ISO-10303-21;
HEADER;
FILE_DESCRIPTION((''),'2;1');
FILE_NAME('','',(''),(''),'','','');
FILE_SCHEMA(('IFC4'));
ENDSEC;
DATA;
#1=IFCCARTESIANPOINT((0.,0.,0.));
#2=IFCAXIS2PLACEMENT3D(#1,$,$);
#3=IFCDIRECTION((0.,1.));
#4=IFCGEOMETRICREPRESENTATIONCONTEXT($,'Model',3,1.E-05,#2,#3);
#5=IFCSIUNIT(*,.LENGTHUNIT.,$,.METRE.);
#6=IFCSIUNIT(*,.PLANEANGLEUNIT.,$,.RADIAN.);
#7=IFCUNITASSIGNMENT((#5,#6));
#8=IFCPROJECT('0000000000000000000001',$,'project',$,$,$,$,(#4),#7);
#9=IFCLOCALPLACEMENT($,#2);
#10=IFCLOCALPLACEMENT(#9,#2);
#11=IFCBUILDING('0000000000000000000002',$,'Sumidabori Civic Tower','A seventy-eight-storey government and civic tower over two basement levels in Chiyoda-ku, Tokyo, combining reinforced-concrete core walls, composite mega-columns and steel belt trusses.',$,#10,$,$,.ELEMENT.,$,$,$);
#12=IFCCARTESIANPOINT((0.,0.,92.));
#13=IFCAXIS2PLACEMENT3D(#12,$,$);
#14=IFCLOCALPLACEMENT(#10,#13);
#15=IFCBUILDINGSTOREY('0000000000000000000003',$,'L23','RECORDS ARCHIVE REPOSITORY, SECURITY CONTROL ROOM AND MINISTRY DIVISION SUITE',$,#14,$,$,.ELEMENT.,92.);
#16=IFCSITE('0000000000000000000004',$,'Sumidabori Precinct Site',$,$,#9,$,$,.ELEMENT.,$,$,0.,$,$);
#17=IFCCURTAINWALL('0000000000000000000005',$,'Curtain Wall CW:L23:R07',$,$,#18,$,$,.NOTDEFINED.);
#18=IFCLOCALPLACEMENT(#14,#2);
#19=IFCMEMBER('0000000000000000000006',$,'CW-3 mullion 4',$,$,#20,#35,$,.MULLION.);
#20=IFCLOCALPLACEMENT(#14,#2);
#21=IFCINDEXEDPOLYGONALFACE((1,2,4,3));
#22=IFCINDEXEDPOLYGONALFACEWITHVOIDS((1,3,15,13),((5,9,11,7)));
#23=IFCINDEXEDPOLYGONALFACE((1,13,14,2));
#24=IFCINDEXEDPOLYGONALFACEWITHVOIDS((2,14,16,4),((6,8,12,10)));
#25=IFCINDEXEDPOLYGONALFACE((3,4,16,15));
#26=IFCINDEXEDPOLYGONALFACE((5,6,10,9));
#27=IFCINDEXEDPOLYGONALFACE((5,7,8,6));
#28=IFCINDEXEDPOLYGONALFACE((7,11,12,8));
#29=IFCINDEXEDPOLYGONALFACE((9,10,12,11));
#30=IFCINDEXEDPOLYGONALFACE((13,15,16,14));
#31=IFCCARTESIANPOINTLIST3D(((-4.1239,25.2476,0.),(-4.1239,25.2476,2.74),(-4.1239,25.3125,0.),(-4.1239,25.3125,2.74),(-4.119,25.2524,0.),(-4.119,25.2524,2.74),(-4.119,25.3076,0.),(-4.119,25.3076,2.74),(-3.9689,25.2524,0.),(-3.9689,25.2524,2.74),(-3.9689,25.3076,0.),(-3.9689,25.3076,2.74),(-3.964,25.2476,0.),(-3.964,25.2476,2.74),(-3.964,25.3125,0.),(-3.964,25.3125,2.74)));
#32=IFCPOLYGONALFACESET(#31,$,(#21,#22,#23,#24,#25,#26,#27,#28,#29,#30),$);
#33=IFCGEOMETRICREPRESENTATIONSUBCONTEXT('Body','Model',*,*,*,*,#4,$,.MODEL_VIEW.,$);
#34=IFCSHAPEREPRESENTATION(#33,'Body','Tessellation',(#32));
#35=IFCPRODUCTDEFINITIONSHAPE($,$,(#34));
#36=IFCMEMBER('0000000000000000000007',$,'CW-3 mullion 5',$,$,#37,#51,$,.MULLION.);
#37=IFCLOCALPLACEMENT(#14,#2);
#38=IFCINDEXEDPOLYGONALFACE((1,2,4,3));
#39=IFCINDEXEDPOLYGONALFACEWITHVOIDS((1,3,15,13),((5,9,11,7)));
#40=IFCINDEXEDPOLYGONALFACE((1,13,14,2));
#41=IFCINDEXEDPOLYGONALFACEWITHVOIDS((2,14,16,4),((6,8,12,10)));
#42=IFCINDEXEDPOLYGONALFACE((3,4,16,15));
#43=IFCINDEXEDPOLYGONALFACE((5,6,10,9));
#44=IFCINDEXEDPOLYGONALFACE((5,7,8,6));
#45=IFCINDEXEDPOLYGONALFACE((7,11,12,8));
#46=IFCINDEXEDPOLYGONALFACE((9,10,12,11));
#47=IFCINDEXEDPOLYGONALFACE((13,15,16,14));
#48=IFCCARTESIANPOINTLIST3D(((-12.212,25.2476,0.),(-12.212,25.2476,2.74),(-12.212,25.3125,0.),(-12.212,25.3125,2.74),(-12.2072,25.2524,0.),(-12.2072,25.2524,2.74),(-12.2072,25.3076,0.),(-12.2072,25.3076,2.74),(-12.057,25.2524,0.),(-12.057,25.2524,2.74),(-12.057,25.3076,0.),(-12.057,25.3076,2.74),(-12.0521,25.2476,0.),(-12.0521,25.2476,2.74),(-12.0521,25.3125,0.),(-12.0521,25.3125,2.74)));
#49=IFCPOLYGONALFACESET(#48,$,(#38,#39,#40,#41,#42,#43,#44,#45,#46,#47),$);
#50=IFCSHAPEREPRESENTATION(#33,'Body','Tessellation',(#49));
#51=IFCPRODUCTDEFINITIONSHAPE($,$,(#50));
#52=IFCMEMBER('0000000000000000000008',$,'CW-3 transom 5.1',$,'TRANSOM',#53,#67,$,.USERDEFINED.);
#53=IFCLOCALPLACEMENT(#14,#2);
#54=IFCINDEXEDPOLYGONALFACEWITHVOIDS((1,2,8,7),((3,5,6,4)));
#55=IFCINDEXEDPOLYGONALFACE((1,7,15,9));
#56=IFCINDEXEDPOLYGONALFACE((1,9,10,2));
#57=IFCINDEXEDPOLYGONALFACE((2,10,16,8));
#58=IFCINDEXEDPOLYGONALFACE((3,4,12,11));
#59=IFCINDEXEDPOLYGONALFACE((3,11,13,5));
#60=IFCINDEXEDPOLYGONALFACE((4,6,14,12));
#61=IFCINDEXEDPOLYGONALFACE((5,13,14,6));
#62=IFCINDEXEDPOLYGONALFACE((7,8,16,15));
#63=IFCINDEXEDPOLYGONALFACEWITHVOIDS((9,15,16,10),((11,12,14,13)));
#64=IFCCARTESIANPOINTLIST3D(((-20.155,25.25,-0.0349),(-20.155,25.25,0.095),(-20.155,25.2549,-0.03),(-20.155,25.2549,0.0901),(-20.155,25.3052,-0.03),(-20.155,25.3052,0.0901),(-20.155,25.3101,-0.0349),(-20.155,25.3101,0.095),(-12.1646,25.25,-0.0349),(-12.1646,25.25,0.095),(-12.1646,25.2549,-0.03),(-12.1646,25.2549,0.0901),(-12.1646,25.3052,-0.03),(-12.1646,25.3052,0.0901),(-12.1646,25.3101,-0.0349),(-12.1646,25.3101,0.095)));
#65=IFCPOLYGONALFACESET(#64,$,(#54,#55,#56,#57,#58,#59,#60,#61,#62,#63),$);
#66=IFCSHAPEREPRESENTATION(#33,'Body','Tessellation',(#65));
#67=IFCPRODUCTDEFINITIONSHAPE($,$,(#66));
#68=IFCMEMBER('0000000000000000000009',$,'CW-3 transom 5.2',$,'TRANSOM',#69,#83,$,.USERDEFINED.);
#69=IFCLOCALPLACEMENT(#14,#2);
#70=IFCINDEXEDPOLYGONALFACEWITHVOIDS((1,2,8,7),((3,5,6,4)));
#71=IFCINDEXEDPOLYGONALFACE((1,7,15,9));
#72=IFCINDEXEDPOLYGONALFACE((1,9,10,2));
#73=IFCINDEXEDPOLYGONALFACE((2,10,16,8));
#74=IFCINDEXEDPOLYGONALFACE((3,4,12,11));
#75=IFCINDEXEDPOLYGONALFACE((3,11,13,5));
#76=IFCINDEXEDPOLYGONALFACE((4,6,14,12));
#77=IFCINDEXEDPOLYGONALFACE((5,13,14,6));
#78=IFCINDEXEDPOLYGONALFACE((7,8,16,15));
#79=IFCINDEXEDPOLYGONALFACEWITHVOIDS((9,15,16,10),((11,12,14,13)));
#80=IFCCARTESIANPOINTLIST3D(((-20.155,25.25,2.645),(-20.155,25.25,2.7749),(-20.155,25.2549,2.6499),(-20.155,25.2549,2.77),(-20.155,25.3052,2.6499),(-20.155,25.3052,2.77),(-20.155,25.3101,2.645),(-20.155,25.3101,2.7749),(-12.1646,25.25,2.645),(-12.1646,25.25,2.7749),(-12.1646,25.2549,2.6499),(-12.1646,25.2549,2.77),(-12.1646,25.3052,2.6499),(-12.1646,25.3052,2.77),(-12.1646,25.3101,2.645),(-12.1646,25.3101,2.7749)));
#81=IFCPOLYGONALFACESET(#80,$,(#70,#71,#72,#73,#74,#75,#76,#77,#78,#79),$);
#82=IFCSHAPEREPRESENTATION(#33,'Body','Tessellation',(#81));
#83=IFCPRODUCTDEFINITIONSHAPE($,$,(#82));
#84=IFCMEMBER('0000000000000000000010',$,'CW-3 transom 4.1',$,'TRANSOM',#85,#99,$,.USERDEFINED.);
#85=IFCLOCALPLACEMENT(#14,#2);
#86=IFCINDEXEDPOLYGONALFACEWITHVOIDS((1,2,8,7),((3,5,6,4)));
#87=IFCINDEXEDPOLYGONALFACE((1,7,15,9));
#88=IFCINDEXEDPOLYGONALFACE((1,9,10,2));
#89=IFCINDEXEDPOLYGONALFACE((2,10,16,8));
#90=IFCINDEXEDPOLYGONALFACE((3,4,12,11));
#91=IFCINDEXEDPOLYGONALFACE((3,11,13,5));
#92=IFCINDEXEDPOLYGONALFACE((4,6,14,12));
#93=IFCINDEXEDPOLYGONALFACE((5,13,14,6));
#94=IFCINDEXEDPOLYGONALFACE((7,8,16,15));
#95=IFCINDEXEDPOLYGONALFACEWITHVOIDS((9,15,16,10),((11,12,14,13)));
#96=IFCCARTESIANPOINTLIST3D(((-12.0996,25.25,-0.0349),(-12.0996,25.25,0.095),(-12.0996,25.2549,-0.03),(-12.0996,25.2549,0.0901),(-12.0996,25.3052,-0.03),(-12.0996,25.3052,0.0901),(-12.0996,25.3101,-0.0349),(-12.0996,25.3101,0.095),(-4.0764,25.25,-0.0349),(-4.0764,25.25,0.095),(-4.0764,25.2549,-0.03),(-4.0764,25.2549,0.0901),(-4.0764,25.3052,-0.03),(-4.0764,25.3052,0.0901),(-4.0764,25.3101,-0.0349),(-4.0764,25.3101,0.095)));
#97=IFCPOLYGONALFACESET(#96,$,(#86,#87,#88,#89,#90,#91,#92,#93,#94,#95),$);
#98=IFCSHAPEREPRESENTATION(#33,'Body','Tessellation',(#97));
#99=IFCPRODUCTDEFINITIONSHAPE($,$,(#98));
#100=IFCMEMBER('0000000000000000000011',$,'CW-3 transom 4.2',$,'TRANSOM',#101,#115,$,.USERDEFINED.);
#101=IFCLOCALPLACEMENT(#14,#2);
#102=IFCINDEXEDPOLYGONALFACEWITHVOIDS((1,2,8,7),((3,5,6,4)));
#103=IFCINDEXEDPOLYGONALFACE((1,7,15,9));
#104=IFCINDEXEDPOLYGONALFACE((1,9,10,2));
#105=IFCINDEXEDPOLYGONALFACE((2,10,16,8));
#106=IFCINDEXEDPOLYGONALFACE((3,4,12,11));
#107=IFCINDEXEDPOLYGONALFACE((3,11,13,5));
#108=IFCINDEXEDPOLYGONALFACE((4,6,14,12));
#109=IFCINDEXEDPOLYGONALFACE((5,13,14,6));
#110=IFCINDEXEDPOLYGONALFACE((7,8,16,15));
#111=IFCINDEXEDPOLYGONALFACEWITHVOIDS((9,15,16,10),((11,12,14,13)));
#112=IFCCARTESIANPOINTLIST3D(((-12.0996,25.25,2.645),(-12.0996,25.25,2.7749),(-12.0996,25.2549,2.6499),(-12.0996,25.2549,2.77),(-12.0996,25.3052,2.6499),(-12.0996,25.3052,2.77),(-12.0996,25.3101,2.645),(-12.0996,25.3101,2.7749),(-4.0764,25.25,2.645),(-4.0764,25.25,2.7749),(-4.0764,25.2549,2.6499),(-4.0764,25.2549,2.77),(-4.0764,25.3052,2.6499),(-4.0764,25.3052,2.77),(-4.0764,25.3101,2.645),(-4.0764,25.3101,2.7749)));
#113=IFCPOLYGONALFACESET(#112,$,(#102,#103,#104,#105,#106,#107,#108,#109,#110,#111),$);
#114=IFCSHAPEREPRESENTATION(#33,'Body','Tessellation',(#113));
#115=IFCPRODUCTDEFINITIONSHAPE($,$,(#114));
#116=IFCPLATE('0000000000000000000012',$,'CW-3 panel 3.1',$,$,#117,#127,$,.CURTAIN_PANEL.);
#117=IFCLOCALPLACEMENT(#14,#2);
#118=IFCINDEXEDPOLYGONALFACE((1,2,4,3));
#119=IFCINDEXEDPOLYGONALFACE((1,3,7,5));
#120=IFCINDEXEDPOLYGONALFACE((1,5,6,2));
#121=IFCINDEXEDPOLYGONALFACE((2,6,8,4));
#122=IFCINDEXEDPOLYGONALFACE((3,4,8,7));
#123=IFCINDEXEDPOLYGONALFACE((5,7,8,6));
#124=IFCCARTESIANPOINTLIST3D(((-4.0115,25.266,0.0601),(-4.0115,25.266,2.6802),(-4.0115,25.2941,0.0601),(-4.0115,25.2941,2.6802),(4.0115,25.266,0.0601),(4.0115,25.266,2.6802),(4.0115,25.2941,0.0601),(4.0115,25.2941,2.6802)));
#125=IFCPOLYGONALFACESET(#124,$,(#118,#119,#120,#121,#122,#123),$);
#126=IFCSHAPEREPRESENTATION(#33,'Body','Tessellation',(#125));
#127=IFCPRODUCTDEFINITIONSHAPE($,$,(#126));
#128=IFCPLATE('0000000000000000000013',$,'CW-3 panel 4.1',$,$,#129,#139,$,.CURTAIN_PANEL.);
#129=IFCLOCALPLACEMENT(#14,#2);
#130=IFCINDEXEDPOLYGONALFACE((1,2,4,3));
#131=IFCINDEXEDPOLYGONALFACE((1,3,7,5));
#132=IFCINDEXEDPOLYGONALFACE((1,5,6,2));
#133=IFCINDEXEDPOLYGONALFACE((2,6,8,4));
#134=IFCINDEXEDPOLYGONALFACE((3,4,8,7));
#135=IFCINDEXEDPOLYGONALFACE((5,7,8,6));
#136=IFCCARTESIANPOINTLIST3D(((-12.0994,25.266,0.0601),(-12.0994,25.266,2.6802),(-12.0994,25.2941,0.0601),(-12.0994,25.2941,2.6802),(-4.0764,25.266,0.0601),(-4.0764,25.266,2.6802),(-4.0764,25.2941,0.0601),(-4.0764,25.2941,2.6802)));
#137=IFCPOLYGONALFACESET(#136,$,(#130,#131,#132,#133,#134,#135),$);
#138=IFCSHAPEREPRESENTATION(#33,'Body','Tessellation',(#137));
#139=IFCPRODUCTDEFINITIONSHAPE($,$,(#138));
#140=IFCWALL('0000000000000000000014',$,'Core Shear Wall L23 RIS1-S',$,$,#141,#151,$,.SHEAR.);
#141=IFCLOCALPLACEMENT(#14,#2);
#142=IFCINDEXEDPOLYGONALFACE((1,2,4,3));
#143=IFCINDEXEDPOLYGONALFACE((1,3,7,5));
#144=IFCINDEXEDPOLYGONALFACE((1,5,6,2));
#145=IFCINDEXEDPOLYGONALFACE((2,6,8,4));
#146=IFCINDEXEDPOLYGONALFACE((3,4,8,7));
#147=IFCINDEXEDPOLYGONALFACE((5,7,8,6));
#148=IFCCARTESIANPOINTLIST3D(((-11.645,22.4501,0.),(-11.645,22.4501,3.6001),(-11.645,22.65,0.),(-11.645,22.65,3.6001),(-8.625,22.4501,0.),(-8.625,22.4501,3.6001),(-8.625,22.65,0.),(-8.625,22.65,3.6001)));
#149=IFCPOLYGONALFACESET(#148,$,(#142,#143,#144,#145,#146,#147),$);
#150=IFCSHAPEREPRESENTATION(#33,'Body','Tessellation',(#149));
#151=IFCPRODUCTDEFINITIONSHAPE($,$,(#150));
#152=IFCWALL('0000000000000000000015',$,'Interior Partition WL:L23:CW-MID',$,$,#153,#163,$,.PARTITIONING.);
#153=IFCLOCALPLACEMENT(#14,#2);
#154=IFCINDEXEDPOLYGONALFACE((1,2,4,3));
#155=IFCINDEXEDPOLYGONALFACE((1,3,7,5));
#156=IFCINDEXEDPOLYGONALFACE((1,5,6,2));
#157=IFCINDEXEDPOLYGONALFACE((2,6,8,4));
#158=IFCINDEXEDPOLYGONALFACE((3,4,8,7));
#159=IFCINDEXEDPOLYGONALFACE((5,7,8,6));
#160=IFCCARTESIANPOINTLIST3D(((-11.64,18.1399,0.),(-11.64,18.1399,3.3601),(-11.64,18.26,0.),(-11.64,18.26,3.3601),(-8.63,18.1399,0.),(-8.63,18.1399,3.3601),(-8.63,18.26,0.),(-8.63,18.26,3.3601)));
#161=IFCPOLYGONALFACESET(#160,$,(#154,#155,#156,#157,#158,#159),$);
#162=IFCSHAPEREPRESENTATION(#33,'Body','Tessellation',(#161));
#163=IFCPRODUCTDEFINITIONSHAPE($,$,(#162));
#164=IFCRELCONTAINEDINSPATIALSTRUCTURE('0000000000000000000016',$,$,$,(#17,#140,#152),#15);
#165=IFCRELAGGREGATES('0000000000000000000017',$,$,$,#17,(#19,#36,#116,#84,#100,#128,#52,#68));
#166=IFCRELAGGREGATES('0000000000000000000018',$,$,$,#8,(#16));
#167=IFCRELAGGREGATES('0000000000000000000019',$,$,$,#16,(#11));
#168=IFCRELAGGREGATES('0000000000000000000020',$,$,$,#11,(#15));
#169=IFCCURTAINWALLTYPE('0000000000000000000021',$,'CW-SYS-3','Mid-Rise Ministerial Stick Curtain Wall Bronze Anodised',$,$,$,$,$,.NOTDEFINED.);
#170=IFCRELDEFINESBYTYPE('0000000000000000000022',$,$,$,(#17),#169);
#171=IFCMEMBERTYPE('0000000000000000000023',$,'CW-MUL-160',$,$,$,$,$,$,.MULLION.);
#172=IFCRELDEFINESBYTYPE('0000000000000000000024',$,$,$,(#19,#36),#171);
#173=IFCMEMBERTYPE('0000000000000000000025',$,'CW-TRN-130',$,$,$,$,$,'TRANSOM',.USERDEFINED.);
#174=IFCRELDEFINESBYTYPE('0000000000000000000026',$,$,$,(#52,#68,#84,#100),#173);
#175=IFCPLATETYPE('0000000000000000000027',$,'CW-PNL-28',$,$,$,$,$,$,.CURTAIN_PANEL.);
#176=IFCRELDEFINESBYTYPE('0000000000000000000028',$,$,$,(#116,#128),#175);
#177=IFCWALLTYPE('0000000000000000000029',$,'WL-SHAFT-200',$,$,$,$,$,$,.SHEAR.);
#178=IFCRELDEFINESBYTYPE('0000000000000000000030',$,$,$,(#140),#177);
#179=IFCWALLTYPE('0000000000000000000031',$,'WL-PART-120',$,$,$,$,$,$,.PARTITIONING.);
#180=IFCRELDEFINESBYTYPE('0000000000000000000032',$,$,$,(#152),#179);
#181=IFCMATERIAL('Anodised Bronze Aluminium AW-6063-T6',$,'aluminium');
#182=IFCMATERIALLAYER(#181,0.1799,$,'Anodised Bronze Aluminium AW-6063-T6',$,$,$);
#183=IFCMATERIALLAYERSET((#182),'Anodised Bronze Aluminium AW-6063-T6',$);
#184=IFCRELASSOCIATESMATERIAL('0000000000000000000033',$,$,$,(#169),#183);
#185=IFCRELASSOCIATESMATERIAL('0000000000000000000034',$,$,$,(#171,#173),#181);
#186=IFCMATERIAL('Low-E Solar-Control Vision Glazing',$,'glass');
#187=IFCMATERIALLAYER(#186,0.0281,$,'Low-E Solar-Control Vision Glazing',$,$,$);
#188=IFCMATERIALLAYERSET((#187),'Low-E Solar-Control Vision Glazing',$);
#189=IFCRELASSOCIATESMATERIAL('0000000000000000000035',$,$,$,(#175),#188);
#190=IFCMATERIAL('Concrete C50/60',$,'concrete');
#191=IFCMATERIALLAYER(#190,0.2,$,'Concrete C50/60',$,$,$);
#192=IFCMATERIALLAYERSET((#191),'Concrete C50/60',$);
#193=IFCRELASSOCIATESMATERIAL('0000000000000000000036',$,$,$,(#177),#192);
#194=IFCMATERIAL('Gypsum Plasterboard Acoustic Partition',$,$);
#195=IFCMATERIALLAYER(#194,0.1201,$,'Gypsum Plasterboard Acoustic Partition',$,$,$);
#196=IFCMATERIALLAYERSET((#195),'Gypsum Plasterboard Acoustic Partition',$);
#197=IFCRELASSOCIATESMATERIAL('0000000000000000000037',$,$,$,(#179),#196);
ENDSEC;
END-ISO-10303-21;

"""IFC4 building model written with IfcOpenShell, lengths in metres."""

from ifc_helpers import new_model, si_unit, direction, frame, frame_2d, origin, origin_2d, place, context, subcontext, project, spatial, rectangle, hollow_rectangle, extrude, source, transform, mapped, material, layer, layer_set, material_profile, profile_set, type_object, element, aggregate, save


model = new_model("IFC4")

# Units and contexts
model_context = context("Model", 3, precision=1e-05, world=origin(), true_north=direction((0.0, 1.0)))
body_context = subcontext(model_context, "Body", "Model", "MODEL_VIEW")
ifc_project = project(units=[si_unit("LENGTHUNIT", "METRE"), si_unit("PLANEANGLEUNIT", "RADIAN")], contexts=[model_context])

# Site, building, storey
site_placement = place(None, origin())
site = spatial("IfcSite", under=ifc_project, at=site_placement, Name="Sumidabori Precinct Site", CompositionType="ELEMENT", RefElevation=0.0)
building_placement = place(site_placement, origin())
building = spatial("IfcBuilding", under=site, at=building_placement, Name="Sumidabori Civic Tower", Description="A seventy-eight-storey government and civic tower over two basement levels in Chiyoda-ku, Tokyo, combining reinforced-concrete core walls, composite mega-columns and steel belt trusses.", CompositionType="ELEMENT")
storey_placement = place(building_placement, frame((0.0, 0.0, 92.0)))
storey = spatial("IfcBuildingStorey", under=building, at=storey_placement, Name="L23", Description="RECORDS ARCHIVE REPOSITORY, SECURITY CONTROL ROOM AND MINISTRY DIVISION SUITE", CompositionType="ELEMENT", Elevation=92.0)

# Curtain wall, members, plates
ifc_material_1 = material(Name="Anodised Bronze Aluminium AW-6063-T6", Category="aluminium")
ifc_layer_1 = layer(ifc_material_1, 0.1799, Name="Anodised Bronze Aluminium AW-6063-T6")
ifc_layer_set_1 = layer_set([ifc_layer_1], Name="Anodised Bronze Aluminium AW-6063-T6")
curtain_wall_type = type_object("IfcCurtainWallType", Name="CW-SYS-3", Description="Mid-Rise Ministerial Stick Curtain Wall Bronze Anodised", PredefinedType="NOTDEFINED", material=ifc_layer_set_1)
curtain_wall_placement = place(storey_placement, origin())
curtain_wall = element("IfcCurtainWall", 1, at=curtain_wall_placement, inside=storey, type_object=curtain_wall_type, Name="Curtain Wall CW:L23:R07", PredefinedType="NOTDEFINED")
ifc_material_profile_1 = material_profile(ifc_material_1, hollow_rectangle(XDim=0.0649, YDim=0.1599, WallThickness=0.0049, at=origin_2d()), Name="ALU MULLION 160x65")
ifc_profile_set_1 = profile_set([ifc_material_profile_1], Name="Anodised Bronze Aluminium AW-6063-T6")
member_type_1 = type_object("IfcMemberType", Name="CW-MUL-160", PredefinedType="MULLION", material=ifc_profile_set_1)
shared_shape_1 = source(origin(), body_context, "Body", "SweptSolid", [
    extrude(hollow_rectangle(XDim=0.0649, YDim=0.1599, WallThickness=0.0049, at=origin_2d()), origin(), (0.0, 0.0, 1.0), 2.74),
])
member_1_placement = place(storey_placement, frame((-4.0439, 25.28, 0.0), z_axis=(0.0, 0.0, 1.0), x_axis=(0.0, -1.0, 0.0)))
member_1 = element("IfcMember", 2, at=member_1_placement, type_object=member_type_1, Name="CW-3 mullion 4", PredefinedType="MULLION", context=body_context, shape_type="MappedRepresentation", body=[
    mapped(shared_shape_1, transform((0.0, 0.0, 0.0), x_axis=(1.0, 0.0, 0.0), y_axis=(0.0, 1.0, 0.0), z_axis=(0.0, 0.0, 1.0), scale=1.0)),
])
member_2_placement = place(storey_placement, frame((-12.1321, 25.28, 0.0), z_axis=(0.0, 0.0, 1.0), x_axis=(0.0, -1.0, 0.0)))
member_2 = element("IfcMember", 3, at=member_2_placement, type_object=member_type_1, Name="CW-3 mullion 5", PredefinedType="MULLION", context=body_context, shape_type="MappedRepresentation", body=[
    mapped(shared_shape_1, transform((0.0, 0.0, 0.0), x_axis=(1.0, 0.0, 0.0), y_axis=(0.0, 1.0, 0.0), z_axis=(0.0, 0.0, 1.0), scale=1.0)),
])
ifc_material_profile_2 = material_profile(ifc_material_1, hollow_rectangle(XDim=0.0601, YDim=0.1299, WallThickness=0.0049, at=origin_2d()), Name="ALU TRANSOM 130x60")
ifc_profile_set_2 = profile_set([ifc_material_profile_2], Name="Anodised Bronze Aluminium AW-6063-T6")
member_type_2 = type_object("IfcMemberType", Name="CW-TRN-130", ElementType="TRANSOM", PredefinedType="USERDEFINED", material=ifc_profile_set_2)
shared_shape_2 = source(origin(), body_context, "Body", "SweptSolid", [
    extrude(hollow_rectangle(XDim=0.0601, YDim=0.1299, WallThickness=0.0049, at=origin_2d()), origin(), (0.0, 0.0, 1.0), 7.9905),
])
member_3_placement = place(storey_placement, frame((-12.1646, 25.28, 0.03), z_axis=(-1.0, 0.0, 0.0), x_axis=(0.0, -1.0, 0.0)))
member_3 = element("IfcMember", 4, at=member_3_placement, type_object=member_type_2, Name="CW-3 transom 5.1", ObjectType="TRANSOM", PredefinedType="USERDEFINED", context=body_context, shape_type="MappedRepresentation", body=[
    mapped(shared_shape_2, transform((0.0, 0.0, 0.0), x_axis=(1.0, 0.0, 0.0), y_axis=(0.0, 1.0, 0.0), z_axis=(0.0, 0.0, 1.0), scale=1.0)),
])
member_4_placement = place(storey_placement, frame((-12.1646, 25.28, 2.71), z_axis=(-1.0, 0.0, 0.0), x_axis=(0.0, -1.0, 0.0)))
member_4 = element("IfcMember", 5, at=member_4_placement, type_object=member_type_2, Name="CW-3 transom 5.2", ObjectType="TRANSOM", PredefinedType="USERDEFINED", context=body_context, shape_type="MappedRepresentation", body=[
    mapped(shared_shape_2, transform((0.0, 0.0, 0.0), x_axis=(1.0, 0.0, 0.0), y_axis=(0.0, 1.0, 0.0), z_axis=(0.0, 0.0, 1.0), scale=1.0)),
])
shared_shape_3 = source(origin(), body_context, "Body", "SweptSolid", [
    extrude(hollow_rectangle(XDim=0.0601, YDim=0.1299, WallThickness=0.0049, at=origin_2d()), origin(), (0.0, 0.0, 1.0), 8.0232),
])
member_5_placement = place(storey_placement, frame((-4.0764, 25.28, 0.03), z_axis=(-1.0, 0.0, 0.0), x_axis=(0.0, -1.0, 0.0)))
member_5 = element("IfcMember", 6, at=member_5_placement, type_object=member_type_2, Name="CW-3 transom 4.1", ObjectType="TRANSOM", PredefinedType="USERDEFINED", context=body_context, shape_type="MappedRepresentation", body=[
    mapped(shared_shape_3, transform((0.0, 0.0, 0.0), x_axis=(1.0, 0.0, 0.0), y_axis=(0.0, 1.0, 0.0), z_axis=(0.0, 0.0, 1.0), scale=1.0)),
])
member_6_placement = place(storey_placement, frame((-4.0764, 25.28, 2.71), z_axis=(-1.0, 0.0, 0.0), x_axis=(0.0, -1.0, 0.0)))
member_6 = element("IfcMember", 7, at=member_6_placement, type_object=member_type_2, Name="CW-3 transom 4.2", ObjectType="TRANSOM", PredefinedType="USERDEFINED", context=body_context, shape_type="MappedRepresentation", body=[
    mapped(shared_shape_3, transform((0.0, 0.0, 0.0), x_axis=(1.0, 0.0, 0.0), y_axis=(0.0, 1.0, 0.0), z_axis=(0.0, 0.0, 1.0), scale=1.0)),
])
ifc_material_2 = material(Name="Low-E Solar-Control Vision Glazing", Category="glass")
ifc_layer_2 = layer(ifc_material_2, 0.0281, Name="Low-E Solar-Control Vision Glazing")
ifc_layer_set_2 = layer_set([ifc_layer_2], Name="Low-E Solar-Control Vision Glazing")
plate_type = type_object("IfcPlateType", Name="CW-PNL-28", PredefinedType="CURTAIN_PANEL", material=ifc_layer_set_2)
shared_shape_4 = source(origin(), body_context, "Body", "SweptSolid", [
    extrude(rectangle(XDim=8.0229, YDim=0.0281, at=origin_2d()), origin(), (0.0, 0.0, 1.0), 2.6201),
])
plate_1_placement = place(storey_placement, frame((0.0, 25.28, 0.0601), z_axis=(0.0, 0.0, 1.0), x_axis=(-1.0, 0.0, 0.0)))
plate_1 = element("IfcPlate", 8, at=plate_1_placement, type_object=plate_type, Name="CW-3 panel 3.1", PredefinedType="CURTAIN_PANEL", context=body_context, shape_type="MappedRepresentation", body=[
    mapped(shared_shape_4, transform((0.0, 0.0, 0.0), x_axis=(1.0, 0.0, 0.0), y_axis=(0.0, 1.0, 0.0), z_axis=(0.0, 0.0, 1.0), scale=1.0)),
])
plate_2_placement = place(storey_placement, frame((-8.0879, 25.28, 0.0601), z_axis=(0.0, 0.0, 1.0), x_axis=(-1.0, 0.0, 0.0)))
plate_2 = element("IfcPlate", 9, at=plate_2_placement, type_object=plate_type, Name="CW-3 panel 4.1", PredefinedType="CURTAIN_PANEL", context=body_context, shape_type="MappedRepresentation", body=[
    mapped(shared_shape_4, transform((0.0, 0.0, 0.0), x_axis=(1.0, 0.0, 0.0), y_axis=(0.0, 1.0, 0.0), z_axis=(0.0, 0.0, 1.0), scale=1.0)),
])
aggregate(curtain_wall, [member_1, member_2, plate_1, member_5, member_6, plate_2, member_3, member_4])

# Wall
ifc_material_3 = material(Name="Concrete C50/60", Category="concrete")
ifc_layer_3 = layer(ifc_material_3, 0.2, Name="Concrete C50/60")
ifc_layer_set_3 = layer_set([ifc_layer_3], Name="Concrete C50/60")
wall_type_1 = type_object("IfcWallType", Name="WL-SHAFT-200", PredefinedType="SHEAR", material=ifc_layer_set_3)
shared_shape_5 = source(origin(), body_context, "Body", "SweptSolid", [
    extrude(rectangle(XDim=3.02, YDim=0.2, at=frame_2d((1.51, 0.0))), origin(), (0.0, 0.0, 1.0), 3.6001),
])
wall_1_placement = place(storey_placement, frame((-11.645, 22.55, 0.0), z_axis=(0.0, 0.0, 1.0), x_axis=(1.0, 0.0, 0.0)))
element("IfcWall", 10, at=wall_1_placement, inside=storey, type_object=wall_type_1, Name="Core Shear Wall L23 RIS1-S", PredefinedType="SHEAR", context=body_context, shape_type="MappedRepresentation", body=[
    mapped(shared_shape_5, transform((0.0, 0.0, 0.0), x_axis=(1.0, 0.0, 0.0), y_axis=(0.0, 1.0, 0.0), z_axis=(0.0, 0.0, 1.0), scale=1.0)),
])

# Shared definitions
ifc_material_4 = material(Name="Gypsum Plasterboard Acoustic Partition")

# Wall
ifc_layer_4 = layer(ifc_material_4, 0.1201, Name="Gypsum Plasterboard Acoustic Partition")
ifc_layer_set_4 = layer_set([ifc_layer_4], Name="Gypsum Plasterboard Acoustic Partition")
wall_type_2 = type_object("IfcWallType", Name="WL-PART-120", PredefinedType="PARTITIONING", material=ifc_layer_set_4)
shared_shape_6 = source(origin(), body_context, "Body", "SweptSolid", [
    extrude(rectangle(XDim=3.01, YDim=0.1201, at=frame_2d((1.5049, 0.0))), origin(), (0.0, 0.0, 1.0), 3.3601),
])
wall_2_placement = place(storey_placement, frame((-11.6399, 18.2, 0.0), z_axis=(0.0, 0.0, 1.0), x_axis=(1.0, 0.0, 0.0)))
element("IfcWall", 11, at=wall_2_placement, inside=storey, type_object=wall_type_2, Name="Interior Partition WL:L23:CW-MID", PredefinedType="PARTITIONING", context=body_context, shape_type="MappedRepresentation", body=[
    mapped(shared_shape_6, transform((0.0, 0.0, 0.0), x_axis=(1.0, 0.0, 0.0), y_axis=(0.0, 1.0, 0.0), z_axis=(0.0, 0.0, 1.0), scale=1.0)),
])

save(model, "model.ifc")
